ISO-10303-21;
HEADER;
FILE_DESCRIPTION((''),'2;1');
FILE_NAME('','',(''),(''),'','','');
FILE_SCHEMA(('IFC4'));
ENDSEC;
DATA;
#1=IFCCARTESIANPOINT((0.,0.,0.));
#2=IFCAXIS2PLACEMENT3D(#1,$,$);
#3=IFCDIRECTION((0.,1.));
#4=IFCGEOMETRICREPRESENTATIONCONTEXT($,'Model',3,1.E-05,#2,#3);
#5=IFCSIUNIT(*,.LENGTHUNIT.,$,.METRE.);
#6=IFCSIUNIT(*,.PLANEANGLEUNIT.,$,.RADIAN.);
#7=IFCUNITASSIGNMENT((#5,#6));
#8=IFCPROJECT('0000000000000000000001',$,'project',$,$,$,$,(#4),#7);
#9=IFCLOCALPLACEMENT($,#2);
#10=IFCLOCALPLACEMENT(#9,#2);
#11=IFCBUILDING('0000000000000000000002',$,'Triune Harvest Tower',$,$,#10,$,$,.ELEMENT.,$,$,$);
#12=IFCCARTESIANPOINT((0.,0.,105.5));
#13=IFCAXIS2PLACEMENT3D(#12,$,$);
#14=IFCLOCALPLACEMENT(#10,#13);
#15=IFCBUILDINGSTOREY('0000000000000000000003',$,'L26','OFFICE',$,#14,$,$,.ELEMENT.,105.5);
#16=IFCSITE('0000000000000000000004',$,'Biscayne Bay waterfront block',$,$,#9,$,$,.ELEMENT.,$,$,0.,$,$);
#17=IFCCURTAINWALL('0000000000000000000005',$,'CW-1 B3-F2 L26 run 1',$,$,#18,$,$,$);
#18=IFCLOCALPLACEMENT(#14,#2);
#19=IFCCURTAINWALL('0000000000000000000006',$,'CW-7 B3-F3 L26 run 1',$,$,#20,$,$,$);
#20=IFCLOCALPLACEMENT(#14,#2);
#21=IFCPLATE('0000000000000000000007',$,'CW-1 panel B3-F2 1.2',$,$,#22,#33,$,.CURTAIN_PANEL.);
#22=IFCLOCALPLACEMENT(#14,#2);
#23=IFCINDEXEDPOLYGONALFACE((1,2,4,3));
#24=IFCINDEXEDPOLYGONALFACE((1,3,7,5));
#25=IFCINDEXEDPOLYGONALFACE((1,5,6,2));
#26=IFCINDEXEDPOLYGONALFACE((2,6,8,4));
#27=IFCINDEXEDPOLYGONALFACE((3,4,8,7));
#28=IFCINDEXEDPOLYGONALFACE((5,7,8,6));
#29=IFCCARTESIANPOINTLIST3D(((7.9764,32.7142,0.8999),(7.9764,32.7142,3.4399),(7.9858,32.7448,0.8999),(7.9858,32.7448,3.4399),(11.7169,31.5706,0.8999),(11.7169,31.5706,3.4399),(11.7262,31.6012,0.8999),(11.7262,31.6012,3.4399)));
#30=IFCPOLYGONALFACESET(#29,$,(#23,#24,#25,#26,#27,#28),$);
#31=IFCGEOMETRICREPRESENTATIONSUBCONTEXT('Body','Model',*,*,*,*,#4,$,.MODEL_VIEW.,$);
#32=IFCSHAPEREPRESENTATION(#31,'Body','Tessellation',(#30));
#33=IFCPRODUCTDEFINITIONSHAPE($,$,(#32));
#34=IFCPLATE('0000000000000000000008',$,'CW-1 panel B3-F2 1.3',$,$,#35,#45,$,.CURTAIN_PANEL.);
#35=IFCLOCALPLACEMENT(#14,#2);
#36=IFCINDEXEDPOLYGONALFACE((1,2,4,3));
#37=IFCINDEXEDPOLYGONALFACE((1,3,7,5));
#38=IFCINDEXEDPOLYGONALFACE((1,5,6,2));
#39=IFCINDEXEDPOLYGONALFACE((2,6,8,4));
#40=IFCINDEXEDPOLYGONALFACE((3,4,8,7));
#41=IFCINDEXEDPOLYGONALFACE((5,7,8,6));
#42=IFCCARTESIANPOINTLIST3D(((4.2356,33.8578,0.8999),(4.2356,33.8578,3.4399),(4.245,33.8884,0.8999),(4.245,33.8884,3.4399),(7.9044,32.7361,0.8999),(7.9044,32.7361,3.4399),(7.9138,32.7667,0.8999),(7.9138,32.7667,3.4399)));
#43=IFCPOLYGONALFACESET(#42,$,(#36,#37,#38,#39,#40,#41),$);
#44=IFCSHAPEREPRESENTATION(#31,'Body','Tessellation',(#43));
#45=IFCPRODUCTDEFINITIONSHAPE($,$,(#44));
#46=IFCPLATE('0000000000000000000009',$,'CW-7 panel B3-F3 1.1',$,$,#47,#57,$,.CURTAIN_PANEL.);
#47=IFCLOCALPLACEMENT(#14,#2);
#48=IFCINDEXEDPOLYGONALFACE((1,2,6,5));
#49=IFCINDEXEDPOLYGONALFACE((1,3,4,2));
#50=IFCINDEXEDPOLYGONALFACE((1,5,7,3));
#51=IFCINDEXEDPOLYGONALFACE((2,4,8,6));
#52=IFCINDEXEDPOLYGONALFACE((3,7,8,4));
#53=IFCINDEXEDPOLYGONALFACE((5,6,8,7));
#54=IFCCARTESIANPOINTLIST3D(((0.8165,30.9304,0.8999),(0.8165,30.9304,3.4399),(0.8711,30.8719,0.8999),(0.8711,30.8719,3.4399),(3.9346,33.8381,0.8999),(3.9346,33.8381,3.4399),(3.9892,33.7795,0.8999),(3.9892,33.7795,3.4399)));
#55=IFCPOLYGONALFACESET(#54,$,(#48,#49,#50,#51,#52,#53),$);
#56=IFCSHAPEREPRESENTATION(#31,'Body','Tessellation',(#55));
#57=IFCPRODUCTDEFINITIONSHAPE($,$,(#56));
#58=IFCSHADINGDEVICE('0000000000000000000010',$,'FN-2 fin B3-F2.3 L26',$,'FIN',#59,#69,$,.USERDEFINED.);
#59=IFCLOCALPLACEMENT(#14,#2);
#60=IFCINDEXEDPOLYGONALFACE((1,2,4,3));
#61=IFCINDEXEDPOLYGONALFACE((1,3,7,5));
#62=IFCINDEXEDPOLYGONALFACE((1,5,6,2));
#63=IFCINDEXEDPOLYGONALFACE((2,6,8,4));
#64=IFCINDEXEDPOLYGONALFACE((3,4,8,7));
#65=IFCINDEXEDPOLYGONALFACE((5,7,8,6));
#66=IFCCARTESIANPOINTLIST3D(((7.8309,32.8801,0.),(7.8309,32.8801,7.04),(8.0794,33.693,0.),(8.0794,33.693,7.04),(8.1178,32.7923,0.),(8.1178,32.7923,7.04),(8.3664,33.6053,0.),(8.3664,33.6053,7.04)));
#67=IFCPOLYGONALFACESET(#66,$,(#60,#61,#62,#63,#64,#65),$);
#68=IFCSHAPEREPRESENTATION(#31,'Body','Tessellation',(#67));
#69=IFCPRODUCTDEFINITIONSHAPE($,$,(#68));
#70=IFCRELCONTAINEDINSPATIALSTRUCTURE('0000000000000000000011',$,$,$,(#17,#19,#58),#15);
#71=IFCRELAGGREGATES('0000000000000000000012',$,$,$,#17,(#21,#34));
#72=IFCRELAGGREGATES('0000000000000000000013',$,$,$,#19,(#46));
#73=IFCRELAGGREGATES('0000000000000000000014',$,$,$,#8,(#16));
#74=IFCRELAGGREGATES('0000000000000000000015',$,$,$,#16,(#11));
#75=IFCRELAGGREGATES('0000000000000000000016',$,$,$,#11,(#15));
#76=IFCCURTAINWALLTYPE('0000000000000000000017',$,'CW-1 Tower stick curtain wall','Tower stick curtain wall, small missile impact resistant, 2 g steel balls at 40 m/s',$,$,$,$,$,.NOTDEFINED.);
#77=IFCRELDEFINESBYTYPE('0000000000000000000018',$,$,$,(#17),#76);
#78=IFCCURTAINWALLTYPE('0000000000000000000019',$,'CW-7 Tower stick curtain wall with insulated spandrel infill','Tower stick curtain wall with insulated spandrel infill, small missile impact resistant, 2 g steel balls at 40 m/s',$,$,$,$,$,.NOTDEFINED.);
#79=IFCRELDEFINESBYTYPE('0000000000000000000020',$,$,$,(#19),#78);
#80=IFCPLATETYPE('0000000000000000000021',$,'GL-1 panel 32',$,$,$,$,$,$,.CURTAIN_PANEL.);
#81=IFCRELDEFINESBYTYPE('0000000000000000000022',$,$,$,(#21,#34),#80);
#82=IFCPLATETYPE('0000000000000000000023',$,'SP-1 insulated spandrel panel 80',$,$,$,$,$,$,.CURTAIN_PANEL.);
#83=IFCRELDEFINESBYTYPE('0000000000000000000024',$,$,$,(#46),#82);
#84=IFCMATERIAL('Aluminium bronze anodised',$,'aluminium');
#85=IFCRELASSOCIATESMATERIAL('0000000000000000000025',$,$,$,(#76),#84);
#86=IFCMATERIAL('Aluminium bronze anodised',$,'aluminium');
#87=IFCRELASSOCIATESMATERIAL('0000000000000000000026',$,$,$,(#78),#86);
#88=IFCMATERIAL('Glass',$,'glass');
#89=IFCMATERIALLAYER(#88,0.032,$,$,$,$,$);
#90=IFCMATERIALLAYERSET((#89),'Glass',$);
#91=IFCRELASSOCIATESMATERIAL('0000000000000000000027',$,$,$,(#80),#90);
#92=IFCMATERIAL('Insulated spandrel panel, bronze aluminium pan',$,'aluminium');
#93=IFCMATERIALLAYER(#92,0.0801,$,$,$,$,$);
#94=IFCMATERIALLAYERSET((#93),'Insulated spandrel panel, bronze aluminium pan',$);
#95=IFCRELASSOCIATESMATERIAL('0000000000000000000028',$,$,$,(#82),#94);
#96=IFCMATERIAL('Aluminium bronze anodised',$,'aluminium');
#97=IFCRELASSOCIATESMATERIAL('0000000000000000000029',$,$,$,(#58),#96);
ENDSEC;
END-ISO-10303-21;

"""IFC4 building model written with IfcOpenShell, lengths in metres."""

from ifc_helpers import new_model, si_unit, direction, frame, origin, origin_2d, place, context, subcontext, project, spatial, rectangle, extrude, source, transform, mapped, material, layer, layer_set, type_object, element, aggregate, save


model = new_model("IFC4")

# Units and contexts
model_context = context("Model", 3, precision=1e-05, world=origin(), true_north=direction((0.0, 1.0)))
body_context = subcontext(model_context, "Body", "Model", "MODEL_VIEW")
ifc_project = project(units=[si_unit("LENGTHUNIT", "METRE"), si_unit("PLANEANGLEUNIT", "RADIAN")], contexts=[model_context])

# Site, building, storey
site_placement = place(None, origin())
site = spatial("IfcSite", under=ifc_project, at=site_placement, Name="Biscayne Bay waterfront block", CompositionType="ELEMENT", RefElevation=0.0)
building_placement = place(site_placement, origin())
building = spatial("IfcBuilding", under=site, at=building_placement, Name="Triune Harvest Tower", CompositionType="ELEMENT")
storey_placement = place(building_placement, frame((0.0, 0.0, 105.5)))
storey = spatial("IfcBuildingStorey", under=building, at=storey_placement, Name="L26", Description="OFFICE", CompositionType="ELEMENT", Elevation=105.5)

# Curtain wall
ifc_material_1 = material(Name="Aluminium bronze anodised", Category="aluminium")
curtain_wall_type_1 = type_object("IfcCurtainWallType", Name="CW-1 Tower stick curtain wall", Description="Tower stick curtain wall, small missile impact resistant, 2 g steel balls at 40 m/s", PredefinedType="NOTDEFINED", material=ifc_material_1)
curtain_wall_1_placement = place(storey_placement, origin())
curtain_wall_1 = element("IfcCurtainWall", 1, at=curtain_wall_1_placement, inside=storey, type_object=curtain_wall_type_1, Name="CW-1 B3-F2 L26 run 1")

# Curtain wall
ifc_material_2 = material(Name="Aluminium bronze anodised", Category="aluminium")
curtain_wall_type_2 = type_object("IfcCurtainWallType", Name="CW-7 Tower stick curtain wall with insulated spandrel infill", Description="Tower stick curtain wall with insulated spandrel infill, small missile impact resistant, 2 g steel balls at 40 m/s", PredefinedType="NOTDEFINED", material=ifc_material_2)
curtain_wall_2_placement = place(storey_placement, origin())
curtain_wall_2 = element("IfcCurtainWall", 2, at=curtain_wall_2_placement, inside=storey, type_object=curtain_wall_type_2, Name="CW-7 B3-F3 L26 run 1")

# Plates
ifc_material_3 = material(Name="Glass", Category="glass")
ifc_layer_1 = layer(ifc_material_3, 0.032)
ifc_layer_set_1 = layer_set([ifc_layer_1], Name="Glass")
plate_type_1 = type_object("IfcPlateType", Name="GL-1 panel 32", PredefinedType="CURTAIN_PANEL", material=ifc_layer_set_1)
shared_shape_1 = source(origin(), body_context, "Body", "SweptSolid", [
    extrude(rectangle(XDim=3.9114, YDim=0.032, at=origin_2d()), origin(), (0.0, 0.0, 1.0), 2.54),
])
plate_1_placement = place(storey_placement, frame((9.8513, 32.1577, 0.8999), z_axis=(0.0, 0.0, 1.0), x_axis=(-0.956303, 0.292377, 0.0)))
plate_1 = element("IfcPlate", 3, at=plate_1_placement, type_object=plate_type_1, Name="CW-1 panel B3-F2 1.2", PredefinedType="CURTAIN_PANEL", context=body_context, shape_type="MappedRepresentation", body=[
    mapped(shared_shape_1, transform((0.0, 0.0, 0.0), scale=1.0)),
])
shared_shape_2 = source(origin(), body_context, "Body", "SweptSolid", [
    extrude(rectangle(XDim=3.8364, YDim=0.032, at=origin_2d()), origin(), (0.0, 0.0, 1.0), 2.54),
])
plate_2_placement = place(storey_placement, frame((6.0747, 33.3123, 0.8999), z_axis=(0.0, 0.0, 1.0), x_axis=(-0.956303, 0.292377, 0.0)))
plate_2 = element("IfcPlate", 4, at=plate_2_placement, type_object=plate_type_1, Name="CW-1 panel B3-F2 1.3", PredefinedType="CURTAIN_PANEL", context=body_context, shape_type="MappedRepresentation", body=[
    mapped(shared_shape_2, transform((0.0, 0.0, 0.0), scale=1.0)),
])
aggregate(curtain_wall_1, [plate_1, plate_2])
ifc_material_4 = material(Name="Insulated spandrel panel, bronze aluminium pan", Category="aluminium")
ifc_layer_2 = layer(ifc_material_4, 0.0801)
ifc_layer_set_2 = layer_set([ifc_layer_2], Name="Insulated spandrel panel, bronze aluminium pan")
plate_type_2 = type_object("IfcPlateType", Name="SP-1 insulated spandrel panel 80", PredefinedType="CURTAIN_PANEL", material=ifc_layer_set_2)
shared_shape_3 = source(origin(), body_context, "Body", "SweptSolid", [
    extrude(rectangle(XDim=4.2634, YDim=0.0801, at=origin_2d()), origin(), (0.0, 0.0, 1.0), 2.54),
])
plate_3_placement = place(storey_placement, frame((2.4028, 32.355, 0.8999), z_axis=(0.0, 0.0, 1.0), x_axis=(-0.731353, -0.681999, 0.0)))
plate_3 = element("IfcPlate", 5, at=plate_3_placement, type_object=plate_type_2, Name="CW-7 panel B3-F3 1.1", PredefinedType="CURTAIN_PANEL", context=body_context, shape_type="MappedRepresentation", body=[
    mapped(shared_shape_3, transform((0.0, 0.0, 0.0), scale=1.0)),
])
aggregate(curtain_wall_2, [plate_3])

# Shading device
ifc_material_5 = material(Name="Aluminium bronze anodised", Category="aluminium")
shared_shape_4 = source(origin(), body_context, "Body", "SweptSolid", [
    extrude(rectangle(XDim=0.3, YDim=0.8501, at=origin_2d()), origin(), (0.0, 0.0, 1.0), 7.04),
])
shading_device_placement = place(storey_placement, frame((8.0986, 33.2427, 0.0), z_axis=(0.0, 0.0, 1.0), x_axis=(-0.956303, 0.292377, 0.0)))
element("IfcShadingDevice", 6, at=shading_device_placement, inside=storey, material=ifc_material_5, Name="FN-2 fin B3-F2.3 L26", ObjectType="FIN", PredefinedType="USERDEFINED", context=body_context, shape_type="MappedRepresentation", body=[
    mapped(shared_shape_4, transform((0.0, 0.0, 0.0), scale=1.0)),
])

save(model, "model.ifc")
